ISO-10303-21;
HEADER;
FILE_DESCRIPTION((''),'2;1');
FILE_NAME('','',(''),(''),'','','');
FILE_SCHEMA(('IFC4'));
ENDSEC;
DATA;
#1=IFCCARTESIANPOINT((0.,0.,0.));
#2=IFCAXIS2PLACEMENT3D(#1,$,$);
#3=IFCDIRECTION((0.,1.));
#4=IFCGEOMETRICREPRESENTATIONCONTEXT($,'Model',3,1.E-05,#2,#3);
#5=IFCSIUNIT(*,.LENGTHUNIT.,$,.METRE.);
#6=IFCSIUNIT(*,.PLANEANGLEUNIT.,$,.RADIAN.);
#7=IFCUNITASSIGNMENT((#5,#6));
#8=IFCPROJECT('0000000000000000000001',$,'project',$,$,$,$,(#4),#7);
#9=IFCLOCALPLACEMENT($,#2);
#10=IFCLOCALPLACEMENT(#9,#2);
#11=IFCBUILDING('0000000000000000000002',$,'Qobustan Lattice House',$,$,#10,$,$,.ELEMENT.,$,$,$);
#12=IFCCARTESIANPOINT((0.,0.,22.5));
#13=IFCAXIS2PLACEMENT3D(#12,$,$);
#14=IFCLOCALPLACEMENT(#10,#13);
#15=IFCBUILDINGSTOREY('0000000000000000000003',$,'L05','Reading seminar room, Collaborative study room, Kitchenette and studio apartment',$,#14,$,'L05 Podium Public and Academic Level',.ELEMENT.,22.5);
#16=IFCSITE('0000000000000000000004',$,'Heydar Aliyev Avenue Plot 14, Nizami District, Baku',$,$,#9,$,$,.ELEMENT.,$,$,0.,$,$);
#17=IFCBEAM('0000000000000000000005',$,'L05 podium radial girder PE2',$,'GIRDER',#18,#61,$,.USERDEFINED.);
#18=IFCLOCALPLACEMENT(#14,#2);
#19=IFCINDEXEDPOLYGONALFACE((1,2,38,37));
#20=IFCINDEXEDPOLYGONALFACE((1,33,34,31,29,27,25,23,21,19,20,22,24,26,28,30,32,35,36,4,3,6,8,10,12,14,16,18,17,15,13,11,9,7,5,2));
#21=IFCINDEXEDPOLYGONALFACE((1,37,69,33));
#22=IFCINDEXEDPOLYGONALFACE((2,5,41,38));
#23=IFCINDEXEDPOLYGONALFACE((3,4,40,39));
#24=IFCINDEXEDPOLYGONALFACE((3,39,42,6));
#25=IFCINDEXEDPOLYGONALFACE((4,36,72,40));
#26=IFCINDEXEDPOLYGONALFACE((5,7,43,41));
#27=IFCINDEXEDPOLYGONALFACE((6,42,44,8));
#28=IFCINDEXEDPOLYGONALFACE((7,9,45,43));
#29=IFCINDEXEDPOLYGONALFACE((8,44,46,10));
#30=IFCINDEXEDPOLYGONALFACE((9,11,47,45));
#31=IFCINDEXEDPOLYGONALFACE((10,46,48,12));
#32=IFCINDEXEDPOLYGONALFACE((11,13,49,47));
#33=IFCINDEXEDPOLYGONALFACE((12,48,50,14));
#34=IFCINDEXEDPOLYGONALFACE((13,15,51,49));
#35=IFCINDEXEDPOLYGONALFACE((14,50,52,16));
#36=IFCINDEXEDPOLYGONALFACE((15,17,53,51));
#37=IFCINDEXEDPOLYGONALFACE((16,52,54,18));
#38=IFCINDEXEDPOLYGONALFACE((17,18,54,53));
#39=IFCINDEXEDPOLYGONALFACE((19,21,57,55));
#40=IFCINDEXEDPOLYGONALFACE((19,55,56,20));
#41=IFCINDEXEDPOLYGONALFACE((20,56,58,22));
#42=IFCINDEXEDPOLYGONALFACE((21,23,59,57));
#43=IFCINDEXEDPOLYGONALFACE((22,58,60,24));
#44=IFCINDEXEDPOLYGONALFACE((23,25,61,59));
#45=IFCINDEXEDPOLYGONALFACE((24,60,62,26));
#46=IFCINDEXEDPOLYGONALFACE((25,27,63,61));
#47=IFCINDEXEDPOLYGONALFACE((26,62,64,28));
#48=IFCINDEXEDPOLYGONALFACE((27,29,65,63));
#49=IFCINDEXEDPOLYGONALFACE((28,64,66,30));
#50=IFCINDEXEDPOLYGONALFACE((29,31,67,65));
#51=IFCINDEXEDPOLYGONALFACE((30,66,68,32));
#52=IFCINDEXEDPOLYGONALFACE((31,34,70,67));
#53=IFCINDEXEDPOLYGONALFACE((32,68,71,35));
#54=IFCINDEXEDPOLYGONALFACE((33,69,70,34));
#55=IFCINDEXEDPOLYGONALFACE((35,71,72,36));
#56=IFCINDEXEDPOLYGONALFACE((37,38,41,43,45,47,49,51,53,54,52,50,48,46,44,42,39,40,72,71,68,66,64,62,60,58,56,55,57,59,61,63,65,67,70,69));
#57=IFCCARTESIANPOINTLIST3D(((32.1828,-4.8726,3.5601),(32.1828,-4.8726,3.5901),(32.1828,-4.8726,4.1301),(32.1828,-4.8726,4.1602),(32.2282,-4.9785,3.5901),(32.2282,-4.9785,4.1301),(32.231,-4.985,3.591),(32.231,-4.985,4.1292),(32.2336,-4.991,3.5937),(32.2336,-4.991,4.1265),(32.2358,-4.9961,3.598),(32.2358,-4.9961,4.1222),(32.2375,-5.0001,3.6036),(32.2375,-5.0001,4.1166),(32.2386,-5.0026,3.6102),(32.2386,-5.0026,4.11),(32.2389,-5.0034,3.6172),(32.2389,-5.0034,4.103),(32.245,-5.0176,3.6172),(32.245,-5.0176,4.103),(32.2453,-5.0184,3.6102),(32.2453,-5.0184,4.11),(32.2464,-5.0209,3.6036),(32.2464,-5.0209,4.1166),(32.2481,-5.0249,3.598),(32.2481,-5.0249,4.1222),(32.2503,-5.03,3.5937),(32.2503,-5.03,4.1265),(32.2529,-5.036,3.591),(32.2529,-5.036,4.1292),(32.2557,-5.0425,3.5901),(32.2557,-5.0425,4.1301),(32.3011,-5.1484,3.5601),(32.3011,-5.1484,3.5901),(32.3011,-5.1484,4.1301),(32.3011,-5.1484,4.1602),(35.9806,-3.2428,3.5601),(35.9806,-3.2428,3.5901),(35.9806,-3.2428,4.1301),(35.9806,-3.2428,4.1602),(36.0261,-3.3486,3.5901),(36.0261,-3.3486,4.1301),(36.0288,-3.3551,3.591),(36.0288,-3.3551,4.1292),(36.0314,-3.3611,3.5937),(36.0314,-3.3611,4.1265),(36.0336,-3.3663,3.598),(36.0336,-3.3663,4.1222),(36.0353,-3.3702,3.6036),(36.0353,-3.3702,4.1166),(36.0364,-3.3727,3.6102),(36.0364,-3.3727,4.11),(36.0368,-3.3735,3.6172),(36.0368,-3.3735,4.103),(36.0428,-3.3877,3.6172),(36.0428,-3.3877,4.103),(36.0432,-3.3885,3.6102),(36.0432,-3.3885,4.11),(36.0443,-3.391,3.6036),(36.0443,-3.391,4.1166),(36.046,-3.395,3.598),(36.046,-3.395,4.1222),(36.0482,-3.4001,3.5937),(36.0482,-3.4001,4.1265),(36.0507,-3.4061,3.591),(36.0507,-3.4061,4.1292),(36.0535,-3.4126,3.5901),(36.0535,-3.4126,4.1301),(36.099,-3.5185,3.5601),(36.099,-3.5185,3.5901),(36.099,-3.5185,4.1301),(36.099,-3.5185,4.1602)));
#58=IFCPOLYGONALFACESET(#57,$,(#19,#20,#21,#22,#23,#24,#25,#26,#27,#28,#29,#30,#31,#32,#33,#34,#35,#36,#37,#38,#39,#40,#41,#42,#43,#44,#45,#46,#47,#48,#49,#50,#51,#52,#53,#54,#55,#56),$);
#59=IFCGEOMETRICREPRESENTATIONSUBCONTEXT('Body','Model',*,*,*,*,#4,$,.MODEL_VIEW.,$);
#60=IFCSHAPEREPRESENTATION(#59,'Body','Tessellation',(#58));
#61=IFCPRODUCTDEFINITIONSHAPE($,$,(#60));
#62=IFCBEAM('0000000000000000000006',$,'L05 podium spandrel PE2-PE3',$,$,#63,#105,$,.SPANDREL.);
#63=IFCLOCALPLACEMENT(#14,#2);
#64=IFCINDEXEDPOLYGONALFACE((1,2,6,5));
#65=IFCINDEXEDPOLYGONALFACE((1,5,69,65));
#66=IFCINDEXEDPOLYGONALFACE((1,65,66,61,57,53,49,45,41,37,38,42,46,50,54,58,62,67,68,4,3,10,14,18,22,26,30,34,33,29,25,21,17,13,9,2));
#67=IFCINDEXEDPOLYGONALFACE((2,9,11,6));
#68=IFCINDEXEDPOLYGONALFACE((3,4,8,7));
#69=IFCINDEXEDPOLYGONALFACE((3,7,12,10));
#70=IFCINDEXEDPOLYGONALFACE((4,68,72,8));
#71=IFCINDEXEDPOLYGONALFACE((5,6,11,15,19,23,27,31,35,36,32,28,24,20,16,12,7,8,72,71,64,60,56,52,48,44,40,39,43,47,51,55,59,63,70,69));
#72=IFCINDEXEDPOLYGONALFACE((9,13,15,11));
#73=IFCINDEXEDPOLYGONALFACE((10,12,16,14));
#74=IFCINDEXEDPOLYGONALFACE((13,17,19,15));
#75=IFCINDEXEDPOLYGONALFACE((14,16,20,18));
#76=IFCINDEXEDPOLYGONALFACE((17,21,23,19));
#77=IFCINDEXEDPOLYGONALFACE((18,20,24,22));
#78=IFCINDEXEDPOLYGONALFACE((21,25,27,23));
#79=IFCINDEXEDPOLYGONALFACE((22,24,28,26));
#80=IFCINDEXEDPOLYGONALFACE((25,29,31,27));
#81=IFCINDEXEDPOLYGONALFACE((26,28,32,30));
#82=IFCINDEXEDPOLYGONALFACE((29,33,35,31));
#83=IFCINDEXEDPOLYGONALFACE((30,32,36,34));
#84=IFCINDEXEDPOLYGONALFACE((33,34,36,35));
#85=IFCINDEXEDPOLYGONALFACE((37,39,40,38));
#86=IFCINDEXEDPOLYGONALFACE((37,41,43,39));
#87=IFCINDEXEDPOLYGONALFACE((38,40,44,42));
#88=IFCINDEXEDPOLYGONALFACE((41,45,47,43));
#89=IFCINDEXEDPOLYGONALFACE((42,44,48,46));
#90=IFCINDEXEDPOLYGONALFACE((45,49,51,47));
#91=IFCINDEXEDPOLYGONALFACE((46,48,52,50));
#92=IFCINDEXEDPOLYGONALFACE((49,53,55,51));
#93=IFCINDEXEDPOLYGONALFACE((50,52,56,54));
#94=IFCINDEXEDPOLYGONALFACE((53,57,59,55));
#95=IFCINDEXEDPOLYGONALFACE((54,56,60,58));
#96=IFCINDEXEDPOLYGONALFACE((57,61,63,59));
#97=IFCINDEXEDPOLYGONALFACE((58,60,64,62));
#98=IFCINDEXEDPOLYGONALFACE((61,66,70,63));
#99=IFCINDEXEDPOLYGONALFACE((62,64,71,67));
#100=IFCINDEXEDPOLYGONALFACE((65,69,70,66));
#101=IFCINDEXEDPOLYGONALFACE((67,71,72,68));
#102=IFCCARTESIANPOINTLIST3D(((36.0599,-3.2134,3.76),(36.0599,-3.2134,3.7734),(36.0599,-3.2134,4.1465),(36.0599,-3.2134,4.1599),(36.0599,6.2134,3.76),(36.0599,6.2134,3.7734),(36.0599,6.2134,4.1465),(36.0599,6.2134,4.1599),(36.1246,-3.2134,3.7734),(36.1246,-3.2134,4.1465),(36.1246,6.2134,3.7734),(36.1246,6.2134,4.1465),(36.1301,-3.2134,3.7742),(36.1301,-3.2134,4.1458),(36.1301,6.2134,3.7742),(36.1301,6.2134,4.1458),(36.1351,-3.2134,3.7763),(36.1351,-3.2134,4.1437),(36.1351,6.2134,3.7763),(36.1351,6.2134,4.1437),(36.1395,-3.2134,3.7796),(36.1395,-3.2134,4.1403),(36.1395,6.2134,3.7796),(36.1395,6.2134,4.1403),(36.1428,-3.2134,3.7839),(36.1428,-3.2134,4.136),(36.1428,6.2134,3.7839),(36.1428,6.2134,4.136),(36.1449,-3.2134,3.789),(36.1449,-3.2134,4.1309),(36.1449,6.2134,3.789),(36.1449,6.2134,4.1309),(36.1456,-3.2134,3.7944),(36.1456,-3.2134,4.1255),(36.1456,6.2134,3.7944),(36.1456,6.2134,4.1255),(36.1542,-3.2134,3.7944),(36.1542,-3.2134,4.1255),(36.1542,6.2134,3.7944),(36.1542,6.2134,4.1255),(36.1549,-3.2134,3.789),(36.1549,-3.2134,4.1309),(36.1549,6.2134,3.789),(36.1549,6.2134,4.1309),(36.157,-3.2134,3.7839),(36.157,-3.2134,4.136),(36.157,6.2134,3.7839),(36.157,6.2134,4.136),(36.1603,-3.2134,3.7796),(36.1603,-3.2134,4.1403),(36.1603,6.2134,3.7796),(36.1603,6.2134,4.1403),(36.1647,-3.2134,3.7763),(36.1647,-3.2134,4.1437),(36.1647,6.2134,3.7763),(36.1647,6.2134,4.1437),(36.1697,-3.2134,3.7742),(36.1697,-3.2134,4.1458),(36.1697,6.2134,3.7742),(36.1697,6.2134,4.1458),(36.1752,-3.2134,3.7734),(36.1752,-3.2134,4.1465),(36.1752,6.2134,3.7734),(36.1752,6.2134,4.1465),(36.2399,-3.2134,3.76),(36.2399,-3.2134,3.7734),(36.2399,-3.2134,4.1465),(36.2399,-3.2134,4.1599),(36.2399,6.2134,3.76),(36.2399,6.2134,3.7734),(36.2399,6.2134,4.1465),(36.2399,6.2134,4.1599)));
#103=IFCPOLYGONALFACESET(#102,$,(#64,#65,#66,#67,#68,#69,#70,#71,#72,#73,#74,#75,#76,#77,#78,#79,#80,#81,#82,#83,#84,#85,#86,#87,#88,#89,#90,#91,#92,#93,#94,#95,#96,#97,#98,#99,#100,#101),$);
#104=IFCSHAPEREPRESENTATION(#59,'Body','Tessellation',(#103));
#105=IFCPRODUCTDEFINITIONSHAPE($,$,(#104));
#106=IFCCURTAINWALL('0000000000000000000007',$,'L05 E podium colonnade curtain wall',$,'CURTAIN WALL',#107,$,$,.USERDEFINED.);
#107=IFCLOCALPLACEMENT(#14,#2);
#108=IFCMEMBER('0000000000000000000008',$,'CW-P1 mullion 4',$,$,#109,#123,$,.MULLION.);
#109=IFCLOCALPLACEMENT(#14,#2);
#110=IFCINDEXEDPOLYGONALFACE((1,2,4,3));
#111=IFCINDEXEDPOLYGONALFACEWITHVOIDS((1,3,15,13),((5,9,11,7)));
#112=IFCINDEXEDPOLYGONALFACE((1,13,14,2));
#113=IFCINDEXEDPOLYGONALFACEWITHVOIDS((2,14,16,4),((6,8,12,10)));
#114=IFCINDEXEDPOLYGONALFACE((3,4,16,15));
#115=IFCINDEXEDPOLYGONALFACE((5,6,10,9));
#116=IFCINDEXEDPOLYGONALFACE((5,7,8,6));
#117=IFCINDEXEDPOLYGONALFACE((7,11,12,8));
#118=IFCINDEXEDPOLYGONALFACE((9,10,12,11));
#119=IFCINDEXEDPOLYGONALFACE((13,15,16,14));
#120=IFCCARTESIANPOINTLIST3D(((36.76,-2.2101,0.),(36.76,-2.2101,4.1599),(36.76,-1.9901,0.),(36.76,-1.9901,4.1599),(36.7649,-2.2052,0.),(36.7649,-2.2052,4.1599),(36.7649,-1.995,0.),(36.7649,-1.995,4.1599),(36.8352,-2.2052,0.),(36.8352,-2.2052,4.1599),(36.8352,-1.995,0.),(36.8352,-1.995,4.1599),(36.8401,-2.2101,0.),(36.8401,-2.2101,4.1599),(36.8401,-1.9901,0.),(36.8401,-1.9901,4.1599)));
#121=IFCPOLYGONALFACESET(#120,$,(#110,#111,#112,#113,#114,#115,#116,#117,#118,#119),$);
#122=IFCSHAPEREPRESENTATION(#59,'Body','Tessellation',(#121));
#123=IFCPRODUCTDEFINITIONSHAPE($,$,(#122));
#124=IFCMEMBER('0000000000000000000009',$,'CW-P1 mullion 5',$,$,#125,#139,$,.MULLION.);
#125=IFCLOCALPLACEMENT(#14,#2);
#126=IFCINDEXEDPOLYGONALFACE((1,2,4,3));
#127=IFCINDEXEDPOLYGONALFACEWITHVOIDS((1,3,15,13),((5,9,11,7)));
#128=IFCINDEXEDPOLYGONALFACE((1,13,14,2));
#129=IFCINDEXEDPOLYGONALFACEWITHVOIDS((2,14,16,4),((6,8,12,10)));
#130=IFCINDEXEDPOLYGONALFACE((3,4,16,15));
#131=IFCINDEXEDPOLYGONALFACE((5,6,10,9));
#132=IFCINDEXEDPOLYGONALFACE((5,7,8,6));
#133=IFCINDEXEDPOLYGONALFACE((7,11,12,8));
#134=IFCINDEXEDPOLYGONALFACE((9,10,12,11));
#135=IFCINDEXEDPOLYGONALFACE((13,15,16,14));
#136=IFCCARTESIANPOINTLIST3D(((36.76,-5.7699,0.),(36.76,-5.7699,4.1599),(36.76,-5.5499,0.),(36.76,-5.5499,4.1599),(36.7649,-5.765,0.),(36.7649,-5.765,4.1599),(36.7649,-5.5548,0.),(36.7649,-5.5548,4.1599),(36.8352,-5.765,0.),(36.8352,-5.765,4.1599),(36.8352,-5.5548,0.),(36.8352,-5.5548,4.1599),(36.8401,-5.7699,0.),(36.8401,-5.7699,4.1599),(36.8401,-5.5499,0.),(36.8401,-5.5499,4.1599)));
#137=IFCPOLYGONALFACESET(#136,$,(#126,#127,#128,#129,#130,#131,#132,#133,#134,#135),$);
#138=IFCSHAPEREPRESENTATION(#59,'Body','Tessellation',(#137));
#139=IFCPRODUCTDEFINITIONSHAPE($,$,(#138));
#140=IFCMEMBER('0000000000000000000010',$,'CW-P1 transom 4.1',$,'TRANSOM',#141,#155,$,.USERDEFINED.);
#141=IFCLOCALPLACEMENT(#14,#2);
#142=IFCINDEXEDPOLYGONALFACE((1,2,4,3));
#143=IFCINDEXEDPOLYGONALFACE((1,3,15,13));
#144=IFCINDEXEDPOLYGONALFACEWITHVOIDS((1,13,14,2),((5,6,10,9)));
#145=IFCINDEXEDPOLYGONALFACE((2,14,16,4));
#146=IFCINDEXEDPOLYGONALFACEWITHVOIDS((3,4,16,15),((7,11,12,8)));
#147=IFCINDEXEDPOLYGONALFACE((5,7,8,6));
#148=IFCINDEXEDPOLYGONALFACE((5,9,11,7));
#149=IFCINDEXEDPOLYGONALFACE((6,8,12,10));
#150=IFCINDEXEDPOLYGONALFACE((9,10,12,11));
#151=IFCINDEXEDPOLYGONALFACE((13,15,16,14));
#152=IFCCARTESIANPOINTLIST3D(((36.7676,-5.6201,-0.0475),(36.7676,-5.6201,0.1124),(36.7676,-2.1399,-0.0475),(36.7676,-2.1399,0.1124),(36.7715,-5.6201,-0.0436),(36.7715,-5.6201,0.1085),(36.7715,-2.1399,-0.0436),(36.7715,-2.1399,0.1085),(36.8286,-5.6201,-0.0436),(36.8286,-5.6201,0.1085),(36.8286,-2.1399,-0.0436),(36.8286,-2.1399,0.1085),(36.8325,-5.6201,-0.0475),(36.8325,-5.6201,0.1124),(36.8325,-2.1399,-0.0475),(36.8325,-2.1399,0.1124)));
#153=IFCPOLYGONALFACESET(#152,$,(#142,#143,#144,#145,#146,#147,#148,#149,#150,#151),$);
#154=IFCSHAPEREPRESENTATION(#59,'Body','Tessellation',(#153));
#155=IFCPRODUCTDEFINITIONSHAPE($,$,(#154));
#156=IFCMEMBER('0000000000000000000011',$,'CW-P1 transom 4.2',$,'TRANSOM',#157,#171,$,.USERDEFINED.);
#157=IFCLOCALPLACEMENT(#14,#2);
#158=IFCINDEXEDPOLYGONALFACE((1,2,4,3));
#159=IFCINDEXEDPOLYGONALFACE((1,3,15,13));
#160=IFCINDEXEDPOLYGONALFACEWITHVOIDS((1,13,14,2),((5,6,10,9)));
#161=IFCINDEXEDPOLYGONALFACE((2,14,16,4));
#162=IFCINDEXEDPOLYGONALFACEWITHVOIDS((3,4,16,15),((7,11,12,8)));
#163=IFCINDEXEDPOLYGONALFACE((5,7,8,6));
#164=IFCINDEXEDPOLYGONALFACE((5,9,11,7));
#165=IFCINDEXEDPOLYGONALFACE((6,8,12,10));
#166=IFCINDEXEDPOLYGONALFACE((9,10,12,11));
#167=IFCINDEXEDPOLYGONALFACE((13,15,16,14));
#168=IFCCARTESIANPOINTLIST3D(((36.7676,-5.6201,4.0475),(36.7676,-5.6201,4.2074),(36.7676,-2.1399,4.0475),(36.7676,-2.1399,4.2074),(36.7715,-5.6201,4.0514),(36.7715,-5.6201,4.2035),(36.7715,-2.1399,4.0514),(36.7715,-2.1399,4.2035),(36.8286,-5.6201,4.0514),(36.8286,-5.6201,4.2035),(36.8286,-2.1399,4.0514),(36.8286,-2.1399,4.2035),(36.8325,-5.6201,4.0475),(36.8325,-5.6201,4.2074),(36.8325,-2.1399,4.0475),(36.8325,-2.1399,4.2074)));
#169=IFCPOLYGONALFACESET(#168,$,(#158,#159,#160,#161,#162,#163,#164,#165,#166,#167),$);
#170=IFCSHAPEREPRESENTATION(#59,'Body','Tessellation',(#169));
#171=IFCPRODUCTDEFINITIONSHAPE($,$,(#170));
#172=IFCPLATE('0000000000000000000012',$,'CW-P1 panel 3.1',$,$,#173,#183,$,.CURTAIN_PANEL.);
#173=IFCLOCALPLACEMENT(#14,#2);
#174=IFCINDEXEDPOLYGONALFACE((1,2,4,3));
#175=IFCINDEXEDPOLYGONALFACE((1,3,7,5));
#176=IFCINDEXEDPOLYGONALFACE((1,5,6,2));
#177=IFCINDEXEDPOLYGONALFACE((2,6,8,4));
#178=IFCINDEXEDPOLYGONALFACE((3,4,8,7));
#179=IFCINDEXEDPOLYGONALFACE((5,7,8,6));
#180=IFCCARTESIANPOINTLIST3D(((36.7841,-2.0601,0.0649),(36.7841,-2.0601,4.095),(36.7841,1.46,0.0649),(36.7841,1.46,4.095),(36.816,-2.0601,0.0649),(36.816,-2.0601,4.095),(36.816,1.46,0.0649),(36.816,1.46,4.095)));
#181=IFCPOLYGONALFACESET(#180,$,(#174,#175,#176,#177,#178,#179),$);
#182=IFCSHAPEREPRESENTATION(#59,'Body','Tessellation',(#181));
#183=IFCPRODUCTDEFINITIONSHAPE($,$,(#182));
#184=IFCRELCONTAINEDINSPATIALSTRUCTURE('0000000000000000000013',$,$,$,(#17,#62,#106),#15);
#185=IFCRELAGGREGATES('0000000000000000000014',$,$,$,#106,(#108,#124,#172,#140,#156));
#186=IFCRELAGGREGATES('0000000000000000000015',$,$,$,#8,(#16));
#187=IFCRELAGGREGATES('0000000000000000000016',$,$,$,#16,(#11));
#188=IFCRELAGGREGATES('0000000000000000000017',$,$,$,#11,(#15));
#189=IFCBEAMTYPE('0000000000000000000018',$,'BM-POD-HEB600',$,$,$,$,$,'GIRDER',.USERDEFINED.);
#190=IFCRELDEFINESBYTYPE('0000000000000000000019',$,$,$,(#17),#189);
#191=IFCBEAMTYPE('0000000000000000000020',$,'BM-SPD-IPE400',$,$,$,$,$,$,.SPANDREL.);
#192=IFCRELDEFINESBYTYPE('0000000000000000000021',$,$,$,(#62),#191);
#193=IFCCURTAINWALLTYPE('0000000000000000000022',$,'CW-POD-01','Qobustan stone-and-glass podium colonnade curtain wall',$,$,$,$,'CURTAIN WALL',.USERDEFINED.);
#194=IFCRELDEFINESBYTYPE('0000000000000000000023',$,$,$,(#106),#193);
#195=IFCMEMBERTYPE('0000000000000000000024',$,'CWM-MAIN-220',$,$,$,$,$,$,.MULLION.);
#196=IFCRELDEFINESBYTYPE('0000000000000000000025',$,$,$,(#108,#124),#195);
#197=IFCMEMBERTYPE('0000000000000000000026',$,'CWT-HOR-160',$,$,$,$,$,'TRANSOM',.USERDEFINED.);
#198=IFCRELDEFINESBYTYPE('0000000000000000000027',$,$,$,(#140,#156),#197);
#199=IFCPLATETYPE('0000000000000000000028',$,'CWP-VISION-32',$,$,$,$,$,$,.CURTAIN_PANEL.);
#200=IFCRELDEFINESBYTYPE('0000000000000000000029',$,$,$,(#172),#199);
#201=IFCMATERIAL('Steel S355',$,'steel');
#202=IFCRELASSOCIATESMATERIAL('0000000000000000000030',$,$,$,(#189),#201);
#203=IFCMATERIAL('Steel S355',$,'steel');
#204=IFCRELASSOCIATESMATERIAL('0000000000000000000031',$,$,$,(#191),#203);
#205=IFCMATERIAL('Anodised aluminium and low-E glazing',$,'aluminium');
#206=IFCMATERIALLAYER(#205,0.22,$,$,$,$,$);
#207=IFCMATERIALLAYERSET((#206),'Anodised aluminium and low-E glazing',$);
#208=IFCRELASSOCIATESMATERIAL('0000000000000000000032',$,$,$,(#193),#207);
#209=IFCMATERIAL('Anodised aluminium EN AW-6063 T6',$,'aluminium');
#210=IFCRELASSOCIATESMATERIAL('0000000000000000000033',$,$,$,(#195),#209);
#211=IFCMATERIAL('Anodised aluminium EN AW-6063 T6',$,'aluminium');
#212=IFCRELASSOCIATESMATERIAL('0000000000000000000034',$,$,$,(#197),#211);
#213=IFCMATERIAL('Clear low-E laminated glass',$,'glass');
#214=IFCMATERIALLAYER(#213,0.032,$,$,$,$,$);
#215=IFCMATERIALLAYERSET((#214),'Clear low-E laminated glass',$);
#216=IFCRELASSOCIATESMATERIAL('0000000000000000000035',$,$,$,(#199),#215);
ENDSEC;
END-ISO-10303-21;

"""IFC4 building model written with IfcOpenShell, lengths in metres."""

from ifc_helpers import new_model, si_unit, direction, frame, origin, origin_2d, place, context, subcontext, project, spatial, rectangle, hollow_rectangle, i_section, extrude, material, layer, layer_set, material_profile, profile_set, type_object, element, aggregate, save


model = new_model("IFC4")

# Units and contexts
model_context = context("Model", 3, precision=1e-05, world=origin(), true_north=direction((0.0, 1.0)))
body_context = subcontext(model_context, "Body", "Model", "MODEL_VIEW")
ifc_project = project(units=[si_unit("LENGTHUNIT", "METRE"), si_unit("PLANEANGLEUNIT", "RADIAN")], contexts=[model_context])

# Site, building, storey
site_placement = place(None, origin())
site = spatial("IfcSite", under=ifc_project, at=site_placement, Name="Heydar Aliyev Avenue Plot 14, Nizami District, Baku", CompositionType="ELEMENT", RefElevation=0.0)
building_placement = place(site_placement, origin())
building = spatial("IfcBuilding", under=site, at=building_placement, Name="Qobustan Lattice House", CompositionType="ELEMENT")
storey_placement = place(building_placement, frame((0.0, 0.0, 22.5)))
storey = spatial("IfcBuildingStorey", under=building, at=storey_placement, Name="L05", Description="Reading seminar room, Collaborative study room, Kitchenette and studio apartment", LongName="L05 Podium Public and Academic Level", CompositionType="ELEMENT", Elevation=22.5)

# Beams
ifc_material_1 = material(Name="Steel S355", Category="steel")
ifc_material_profile_1 = material_profile(ifc_material_1, i_section(OverallWidth=0.3, OverallDepth=0.6001, WebThickness=0.0154, FlangeThickness=0.03, FilletRadius=0.0271, at=origin_2d()), Name="HEB600")
ifc_profile_set_1 = profile_set([ifc_material_profile_1], Name="Steel S355")
beam_type_1 = type_object("IfcBeamType", Name="BM-POD-HEB600", ElementType="GIRDER", PredefinedType="USERDEFINED", material=ifc_profile_set_1)
beam_1_placement = place(storey_placement, frame((36.0398, -3.3806, 3.8601), z_axis=(-0.918949, -0.394376, 0.0), x_axis=(0.394376, -0.918949, 0.0)))
element("IfcBeam", 1, at=beam_1_placement, inside=storey, type_object=beam_type_1, Name="L05 podium radial girder PE2", ObjectType="GIRDER", PredefinedType="USERDEFINED", context=body_context, shape_type="SweptSolid", body=[
    extrude(i_section(OverallWidth=0.3, OverallDepth=0.6001, WebThickness=0.0154, FlangeThickness=0.03, FilletRadius=0.0271, at=origin_2d()), origin(), (0.0, 0.0, 1.0), 4.1328),
])
ifc_material_2 = material(Name="Steel S355", Category="steel")
ifc_material_profile_2 = material_profile(ifc_material_2, i_section(OverallWidth=0.1799, OverallDepth=0.3999, WebThickness=0.0085, FlangeThickness=0.0134, FilletRadius=0.021, at=origin_2d()), Name="IPE400")
ifc_profile_set_2 = profile_set([ifc_material_profile_2], Name="Steel S355")
beam_type_2 = type_object("IfcBeamType", Name="BM-SPD-IPE400", PredefinedType="SPANDREL", material=ifc_profile_set_2)
beam_2_placement = place(storey_placement, frame((36.1499, -3.2134, 3.96), z_axis=(0.0, 1.0, 0.0), x_axis=(-1.0, 0.0, 0.0)))
element("IfcBeam", 2, at=beam_2_placement, inside=storey, type_object=beam_type_2, Name="L05 podium spandrel PE2-PE3", PredefinedType="SPANDREL", context=body_context, shape_type="SweptSolid", body=[
    extrude(i_section(OverallWidth=0.1799, OverallDepth=0.3999, WebThickness=0.0085, FlangeThickness=0.0134, FilletRadius=0.021, at=origin_2d()), origin(), (0.0, 0.0, 1.0), 9.4268),
])

# Curtain wall, members, plate
ifc_material_3 = material(Name="Anodised aluminium and low-E glazing", Category="aluminium")
ifc_layer_1 = layer(ifc_material_3, 0.22)
ifc_layer_set_1 = layer_set([ifc_layer_1], Name="Anodised aluminium and low-E glazing")
curtain_wall_type = type_object("IfcCurtainWallType", Name="CW-POD-01", Description="Qobustan stone-and-glass podium colonnade curtain wall", ElementType="CURTAIN WALL", PredefinedType="USERDEFINED", material=ifc_layer_set_1)
curtain_wall_placement = place(storey_placement, origin())
curtain_wall = element("IfcCurtainWall", 3, at=curtain_wall_placement, inside=storey, type_object=curtain_wall_type, Name="L05 E podium colonnade curtain wall", ObjectType="CURTAIN WALL", PredefinedType="USERDEFINED")
ifc_material_4 = material(Name="Anodised aluminium EN AW-6063 T6", Category="aluminium")
ifc_material_profile_3 = material_profile(ifc_material_4, hollow_rectangle(XDim=0.0801, YDim=0.22, WallThickness=0.0049, at=origin_2d()), Name="CWM-220x80")
ifc_profile_set_3 = profile_set([ifc_material_profile_3], Name="Anodised aluminium EN AW-6063 T6")
member_type_1 = type_object("IfcMemberType", Name="CWM-MAIN-220", PredefinedType="MULLION", material=ifc_profile_set_3)
member_1_placement = place(storey_placement, frame((36.8, -2.1001, 0.0), z_axis=(0.0, 0.0, 1.0), x_axis=(1.0, 0.0, 0.0)))
member_1 = element("IfcMember", 4, at=member_1_placement, type_object=member_type_1, Name="CW-P1 mullion 4", PredefinedType="MULLION", context=body_context, shape_type="SweptSolid", body=[
    extrude(hollow_rectangle(XDim=0.0801, YDim=0.22, WallThickness=0.0049, at=origin_2d()), origin(), (0.0, 0.0, 1.0), 4.1599),
])
member_2_placement = place(storey_placement, frame((36.8, -5.6599, 0.0), z_axis=(0.0, 0.0, 1.0), x_axis=(1.0, 0.0, 0.0)))
member_2 = element("IfcMember", 5, at=member_2_placement, type_object=member_type_1, Name="CW-P1 mullion 5", PredefinedType="MULLION", context=body_context, shape_type="SweptSolid", body=[
    extrude(hollow_rectangle(XDim=0.0801, YDim=0.22, WallThickness=0.0049, at=origin_2d()), origin(), (0.0, 0.0, 1.0), 4.1599),
])
ifc_material_5 = material(Name="Anodised aluminium EN AW-6063 T6", Category="aluminium")
ifc_material_profile_4 = material_profile(ifc_material_5, hollow_rectangle(XDim=0.0649, YDim=0.1599, WallThickness=0.0039, at=origin_2d()), Name="CWT-160x65")
ifc_profile_set_4 = profile_set([ifc_material_profile_4], Name="Anodised aluminium EN AW-6063 T6")
member_type_2 = type_object("IfcMemberType", Name="CWT-HOR-160", ElementType="TRANSOM", PredefinedType="USERDEFINED", material=ifc_profile_set_4)
member_3_placement = place(storey_placement, frame((36.8, -2.1399, 0.0325), z_axis=(0.0, -1.0, 0.0), x_axis=(1.0, 0.0, 0.0)))
member_3 = element("IfcMember", 6, at=member_3_placement, type_object=member_type_2, Name="CW-P1 transom 4.1", ObjectType="TRANSOM", PredefinedType="USERDEFINED", context=body_context, shape_type="SweptSolid", body=[
    extrude(hollow_rectangle(XDim=0.0649, YDim=0.1599, WallThickness=0.0039, at=origin_2d()), origin(), (0.0, 0.0, 1.0), 3.4802),
])
member_4_placement = place(storey_placement, frame((36.8, -2.1399, 4.1274), z_axis=(0.0, -1.0, 0.0), x_axis=(1.0, 0.0, 0.0)))
member_4 = element("IfcMember", 7, at=member_4_placement, type_object=member_type_2, Name="CW-P1 transom 4.2", ObjectType="TRANSOM", PredefinedType="USERDEFINED", context=body_context, shape_type="SweptSolid", body=[
    extrude(hollow_rectangle(XDim=0.0649, YDim=0.1599, WallThickness=0.0039, at=origin_2d()), origin(), (0.0, 0.0, 1.0), 3.4802),
])
ifc_material_6 = material(Name="Clear low-E laminated glass", Category="glass")
ifc_layer_2 = layer(ifc_material_6, 0.032)
ifc_layer_set_2 = layer_set([ifc_layer_2], Name="Clear low-E laminated glass")
plate_type = type_object("IfcPlateType", Name="CWP-VISION-32", PredefinedType="CURTAIN_PANEL", material=ifc_layer_set_2)
plate_1_placement = place(storey_placement, frame((36.8, -0.3, 0.0649), z_axis=(0.0, 0.0, 1.0), x_axis=(0.0, -1.0, 0.0)))
plate_1 = element("IfcPlate", 8, at=plate_1_placement, type_object=plate_type, Name="CW-P1 panel 3.1", PredefinedType="CURTAIN_PANEL", context=body_context, shape_type="SweptSolid", body=[
    extrude(rectangle(XDim=3.52, YDim=0.032, at=origin_2d()), origin(), (0.0, 0.0, 1.0), 4.03),
])
aggregate(curtain_wall, [member_1, member_2, plate_1, member_3, member_4])

save(model, "model.ifc")
